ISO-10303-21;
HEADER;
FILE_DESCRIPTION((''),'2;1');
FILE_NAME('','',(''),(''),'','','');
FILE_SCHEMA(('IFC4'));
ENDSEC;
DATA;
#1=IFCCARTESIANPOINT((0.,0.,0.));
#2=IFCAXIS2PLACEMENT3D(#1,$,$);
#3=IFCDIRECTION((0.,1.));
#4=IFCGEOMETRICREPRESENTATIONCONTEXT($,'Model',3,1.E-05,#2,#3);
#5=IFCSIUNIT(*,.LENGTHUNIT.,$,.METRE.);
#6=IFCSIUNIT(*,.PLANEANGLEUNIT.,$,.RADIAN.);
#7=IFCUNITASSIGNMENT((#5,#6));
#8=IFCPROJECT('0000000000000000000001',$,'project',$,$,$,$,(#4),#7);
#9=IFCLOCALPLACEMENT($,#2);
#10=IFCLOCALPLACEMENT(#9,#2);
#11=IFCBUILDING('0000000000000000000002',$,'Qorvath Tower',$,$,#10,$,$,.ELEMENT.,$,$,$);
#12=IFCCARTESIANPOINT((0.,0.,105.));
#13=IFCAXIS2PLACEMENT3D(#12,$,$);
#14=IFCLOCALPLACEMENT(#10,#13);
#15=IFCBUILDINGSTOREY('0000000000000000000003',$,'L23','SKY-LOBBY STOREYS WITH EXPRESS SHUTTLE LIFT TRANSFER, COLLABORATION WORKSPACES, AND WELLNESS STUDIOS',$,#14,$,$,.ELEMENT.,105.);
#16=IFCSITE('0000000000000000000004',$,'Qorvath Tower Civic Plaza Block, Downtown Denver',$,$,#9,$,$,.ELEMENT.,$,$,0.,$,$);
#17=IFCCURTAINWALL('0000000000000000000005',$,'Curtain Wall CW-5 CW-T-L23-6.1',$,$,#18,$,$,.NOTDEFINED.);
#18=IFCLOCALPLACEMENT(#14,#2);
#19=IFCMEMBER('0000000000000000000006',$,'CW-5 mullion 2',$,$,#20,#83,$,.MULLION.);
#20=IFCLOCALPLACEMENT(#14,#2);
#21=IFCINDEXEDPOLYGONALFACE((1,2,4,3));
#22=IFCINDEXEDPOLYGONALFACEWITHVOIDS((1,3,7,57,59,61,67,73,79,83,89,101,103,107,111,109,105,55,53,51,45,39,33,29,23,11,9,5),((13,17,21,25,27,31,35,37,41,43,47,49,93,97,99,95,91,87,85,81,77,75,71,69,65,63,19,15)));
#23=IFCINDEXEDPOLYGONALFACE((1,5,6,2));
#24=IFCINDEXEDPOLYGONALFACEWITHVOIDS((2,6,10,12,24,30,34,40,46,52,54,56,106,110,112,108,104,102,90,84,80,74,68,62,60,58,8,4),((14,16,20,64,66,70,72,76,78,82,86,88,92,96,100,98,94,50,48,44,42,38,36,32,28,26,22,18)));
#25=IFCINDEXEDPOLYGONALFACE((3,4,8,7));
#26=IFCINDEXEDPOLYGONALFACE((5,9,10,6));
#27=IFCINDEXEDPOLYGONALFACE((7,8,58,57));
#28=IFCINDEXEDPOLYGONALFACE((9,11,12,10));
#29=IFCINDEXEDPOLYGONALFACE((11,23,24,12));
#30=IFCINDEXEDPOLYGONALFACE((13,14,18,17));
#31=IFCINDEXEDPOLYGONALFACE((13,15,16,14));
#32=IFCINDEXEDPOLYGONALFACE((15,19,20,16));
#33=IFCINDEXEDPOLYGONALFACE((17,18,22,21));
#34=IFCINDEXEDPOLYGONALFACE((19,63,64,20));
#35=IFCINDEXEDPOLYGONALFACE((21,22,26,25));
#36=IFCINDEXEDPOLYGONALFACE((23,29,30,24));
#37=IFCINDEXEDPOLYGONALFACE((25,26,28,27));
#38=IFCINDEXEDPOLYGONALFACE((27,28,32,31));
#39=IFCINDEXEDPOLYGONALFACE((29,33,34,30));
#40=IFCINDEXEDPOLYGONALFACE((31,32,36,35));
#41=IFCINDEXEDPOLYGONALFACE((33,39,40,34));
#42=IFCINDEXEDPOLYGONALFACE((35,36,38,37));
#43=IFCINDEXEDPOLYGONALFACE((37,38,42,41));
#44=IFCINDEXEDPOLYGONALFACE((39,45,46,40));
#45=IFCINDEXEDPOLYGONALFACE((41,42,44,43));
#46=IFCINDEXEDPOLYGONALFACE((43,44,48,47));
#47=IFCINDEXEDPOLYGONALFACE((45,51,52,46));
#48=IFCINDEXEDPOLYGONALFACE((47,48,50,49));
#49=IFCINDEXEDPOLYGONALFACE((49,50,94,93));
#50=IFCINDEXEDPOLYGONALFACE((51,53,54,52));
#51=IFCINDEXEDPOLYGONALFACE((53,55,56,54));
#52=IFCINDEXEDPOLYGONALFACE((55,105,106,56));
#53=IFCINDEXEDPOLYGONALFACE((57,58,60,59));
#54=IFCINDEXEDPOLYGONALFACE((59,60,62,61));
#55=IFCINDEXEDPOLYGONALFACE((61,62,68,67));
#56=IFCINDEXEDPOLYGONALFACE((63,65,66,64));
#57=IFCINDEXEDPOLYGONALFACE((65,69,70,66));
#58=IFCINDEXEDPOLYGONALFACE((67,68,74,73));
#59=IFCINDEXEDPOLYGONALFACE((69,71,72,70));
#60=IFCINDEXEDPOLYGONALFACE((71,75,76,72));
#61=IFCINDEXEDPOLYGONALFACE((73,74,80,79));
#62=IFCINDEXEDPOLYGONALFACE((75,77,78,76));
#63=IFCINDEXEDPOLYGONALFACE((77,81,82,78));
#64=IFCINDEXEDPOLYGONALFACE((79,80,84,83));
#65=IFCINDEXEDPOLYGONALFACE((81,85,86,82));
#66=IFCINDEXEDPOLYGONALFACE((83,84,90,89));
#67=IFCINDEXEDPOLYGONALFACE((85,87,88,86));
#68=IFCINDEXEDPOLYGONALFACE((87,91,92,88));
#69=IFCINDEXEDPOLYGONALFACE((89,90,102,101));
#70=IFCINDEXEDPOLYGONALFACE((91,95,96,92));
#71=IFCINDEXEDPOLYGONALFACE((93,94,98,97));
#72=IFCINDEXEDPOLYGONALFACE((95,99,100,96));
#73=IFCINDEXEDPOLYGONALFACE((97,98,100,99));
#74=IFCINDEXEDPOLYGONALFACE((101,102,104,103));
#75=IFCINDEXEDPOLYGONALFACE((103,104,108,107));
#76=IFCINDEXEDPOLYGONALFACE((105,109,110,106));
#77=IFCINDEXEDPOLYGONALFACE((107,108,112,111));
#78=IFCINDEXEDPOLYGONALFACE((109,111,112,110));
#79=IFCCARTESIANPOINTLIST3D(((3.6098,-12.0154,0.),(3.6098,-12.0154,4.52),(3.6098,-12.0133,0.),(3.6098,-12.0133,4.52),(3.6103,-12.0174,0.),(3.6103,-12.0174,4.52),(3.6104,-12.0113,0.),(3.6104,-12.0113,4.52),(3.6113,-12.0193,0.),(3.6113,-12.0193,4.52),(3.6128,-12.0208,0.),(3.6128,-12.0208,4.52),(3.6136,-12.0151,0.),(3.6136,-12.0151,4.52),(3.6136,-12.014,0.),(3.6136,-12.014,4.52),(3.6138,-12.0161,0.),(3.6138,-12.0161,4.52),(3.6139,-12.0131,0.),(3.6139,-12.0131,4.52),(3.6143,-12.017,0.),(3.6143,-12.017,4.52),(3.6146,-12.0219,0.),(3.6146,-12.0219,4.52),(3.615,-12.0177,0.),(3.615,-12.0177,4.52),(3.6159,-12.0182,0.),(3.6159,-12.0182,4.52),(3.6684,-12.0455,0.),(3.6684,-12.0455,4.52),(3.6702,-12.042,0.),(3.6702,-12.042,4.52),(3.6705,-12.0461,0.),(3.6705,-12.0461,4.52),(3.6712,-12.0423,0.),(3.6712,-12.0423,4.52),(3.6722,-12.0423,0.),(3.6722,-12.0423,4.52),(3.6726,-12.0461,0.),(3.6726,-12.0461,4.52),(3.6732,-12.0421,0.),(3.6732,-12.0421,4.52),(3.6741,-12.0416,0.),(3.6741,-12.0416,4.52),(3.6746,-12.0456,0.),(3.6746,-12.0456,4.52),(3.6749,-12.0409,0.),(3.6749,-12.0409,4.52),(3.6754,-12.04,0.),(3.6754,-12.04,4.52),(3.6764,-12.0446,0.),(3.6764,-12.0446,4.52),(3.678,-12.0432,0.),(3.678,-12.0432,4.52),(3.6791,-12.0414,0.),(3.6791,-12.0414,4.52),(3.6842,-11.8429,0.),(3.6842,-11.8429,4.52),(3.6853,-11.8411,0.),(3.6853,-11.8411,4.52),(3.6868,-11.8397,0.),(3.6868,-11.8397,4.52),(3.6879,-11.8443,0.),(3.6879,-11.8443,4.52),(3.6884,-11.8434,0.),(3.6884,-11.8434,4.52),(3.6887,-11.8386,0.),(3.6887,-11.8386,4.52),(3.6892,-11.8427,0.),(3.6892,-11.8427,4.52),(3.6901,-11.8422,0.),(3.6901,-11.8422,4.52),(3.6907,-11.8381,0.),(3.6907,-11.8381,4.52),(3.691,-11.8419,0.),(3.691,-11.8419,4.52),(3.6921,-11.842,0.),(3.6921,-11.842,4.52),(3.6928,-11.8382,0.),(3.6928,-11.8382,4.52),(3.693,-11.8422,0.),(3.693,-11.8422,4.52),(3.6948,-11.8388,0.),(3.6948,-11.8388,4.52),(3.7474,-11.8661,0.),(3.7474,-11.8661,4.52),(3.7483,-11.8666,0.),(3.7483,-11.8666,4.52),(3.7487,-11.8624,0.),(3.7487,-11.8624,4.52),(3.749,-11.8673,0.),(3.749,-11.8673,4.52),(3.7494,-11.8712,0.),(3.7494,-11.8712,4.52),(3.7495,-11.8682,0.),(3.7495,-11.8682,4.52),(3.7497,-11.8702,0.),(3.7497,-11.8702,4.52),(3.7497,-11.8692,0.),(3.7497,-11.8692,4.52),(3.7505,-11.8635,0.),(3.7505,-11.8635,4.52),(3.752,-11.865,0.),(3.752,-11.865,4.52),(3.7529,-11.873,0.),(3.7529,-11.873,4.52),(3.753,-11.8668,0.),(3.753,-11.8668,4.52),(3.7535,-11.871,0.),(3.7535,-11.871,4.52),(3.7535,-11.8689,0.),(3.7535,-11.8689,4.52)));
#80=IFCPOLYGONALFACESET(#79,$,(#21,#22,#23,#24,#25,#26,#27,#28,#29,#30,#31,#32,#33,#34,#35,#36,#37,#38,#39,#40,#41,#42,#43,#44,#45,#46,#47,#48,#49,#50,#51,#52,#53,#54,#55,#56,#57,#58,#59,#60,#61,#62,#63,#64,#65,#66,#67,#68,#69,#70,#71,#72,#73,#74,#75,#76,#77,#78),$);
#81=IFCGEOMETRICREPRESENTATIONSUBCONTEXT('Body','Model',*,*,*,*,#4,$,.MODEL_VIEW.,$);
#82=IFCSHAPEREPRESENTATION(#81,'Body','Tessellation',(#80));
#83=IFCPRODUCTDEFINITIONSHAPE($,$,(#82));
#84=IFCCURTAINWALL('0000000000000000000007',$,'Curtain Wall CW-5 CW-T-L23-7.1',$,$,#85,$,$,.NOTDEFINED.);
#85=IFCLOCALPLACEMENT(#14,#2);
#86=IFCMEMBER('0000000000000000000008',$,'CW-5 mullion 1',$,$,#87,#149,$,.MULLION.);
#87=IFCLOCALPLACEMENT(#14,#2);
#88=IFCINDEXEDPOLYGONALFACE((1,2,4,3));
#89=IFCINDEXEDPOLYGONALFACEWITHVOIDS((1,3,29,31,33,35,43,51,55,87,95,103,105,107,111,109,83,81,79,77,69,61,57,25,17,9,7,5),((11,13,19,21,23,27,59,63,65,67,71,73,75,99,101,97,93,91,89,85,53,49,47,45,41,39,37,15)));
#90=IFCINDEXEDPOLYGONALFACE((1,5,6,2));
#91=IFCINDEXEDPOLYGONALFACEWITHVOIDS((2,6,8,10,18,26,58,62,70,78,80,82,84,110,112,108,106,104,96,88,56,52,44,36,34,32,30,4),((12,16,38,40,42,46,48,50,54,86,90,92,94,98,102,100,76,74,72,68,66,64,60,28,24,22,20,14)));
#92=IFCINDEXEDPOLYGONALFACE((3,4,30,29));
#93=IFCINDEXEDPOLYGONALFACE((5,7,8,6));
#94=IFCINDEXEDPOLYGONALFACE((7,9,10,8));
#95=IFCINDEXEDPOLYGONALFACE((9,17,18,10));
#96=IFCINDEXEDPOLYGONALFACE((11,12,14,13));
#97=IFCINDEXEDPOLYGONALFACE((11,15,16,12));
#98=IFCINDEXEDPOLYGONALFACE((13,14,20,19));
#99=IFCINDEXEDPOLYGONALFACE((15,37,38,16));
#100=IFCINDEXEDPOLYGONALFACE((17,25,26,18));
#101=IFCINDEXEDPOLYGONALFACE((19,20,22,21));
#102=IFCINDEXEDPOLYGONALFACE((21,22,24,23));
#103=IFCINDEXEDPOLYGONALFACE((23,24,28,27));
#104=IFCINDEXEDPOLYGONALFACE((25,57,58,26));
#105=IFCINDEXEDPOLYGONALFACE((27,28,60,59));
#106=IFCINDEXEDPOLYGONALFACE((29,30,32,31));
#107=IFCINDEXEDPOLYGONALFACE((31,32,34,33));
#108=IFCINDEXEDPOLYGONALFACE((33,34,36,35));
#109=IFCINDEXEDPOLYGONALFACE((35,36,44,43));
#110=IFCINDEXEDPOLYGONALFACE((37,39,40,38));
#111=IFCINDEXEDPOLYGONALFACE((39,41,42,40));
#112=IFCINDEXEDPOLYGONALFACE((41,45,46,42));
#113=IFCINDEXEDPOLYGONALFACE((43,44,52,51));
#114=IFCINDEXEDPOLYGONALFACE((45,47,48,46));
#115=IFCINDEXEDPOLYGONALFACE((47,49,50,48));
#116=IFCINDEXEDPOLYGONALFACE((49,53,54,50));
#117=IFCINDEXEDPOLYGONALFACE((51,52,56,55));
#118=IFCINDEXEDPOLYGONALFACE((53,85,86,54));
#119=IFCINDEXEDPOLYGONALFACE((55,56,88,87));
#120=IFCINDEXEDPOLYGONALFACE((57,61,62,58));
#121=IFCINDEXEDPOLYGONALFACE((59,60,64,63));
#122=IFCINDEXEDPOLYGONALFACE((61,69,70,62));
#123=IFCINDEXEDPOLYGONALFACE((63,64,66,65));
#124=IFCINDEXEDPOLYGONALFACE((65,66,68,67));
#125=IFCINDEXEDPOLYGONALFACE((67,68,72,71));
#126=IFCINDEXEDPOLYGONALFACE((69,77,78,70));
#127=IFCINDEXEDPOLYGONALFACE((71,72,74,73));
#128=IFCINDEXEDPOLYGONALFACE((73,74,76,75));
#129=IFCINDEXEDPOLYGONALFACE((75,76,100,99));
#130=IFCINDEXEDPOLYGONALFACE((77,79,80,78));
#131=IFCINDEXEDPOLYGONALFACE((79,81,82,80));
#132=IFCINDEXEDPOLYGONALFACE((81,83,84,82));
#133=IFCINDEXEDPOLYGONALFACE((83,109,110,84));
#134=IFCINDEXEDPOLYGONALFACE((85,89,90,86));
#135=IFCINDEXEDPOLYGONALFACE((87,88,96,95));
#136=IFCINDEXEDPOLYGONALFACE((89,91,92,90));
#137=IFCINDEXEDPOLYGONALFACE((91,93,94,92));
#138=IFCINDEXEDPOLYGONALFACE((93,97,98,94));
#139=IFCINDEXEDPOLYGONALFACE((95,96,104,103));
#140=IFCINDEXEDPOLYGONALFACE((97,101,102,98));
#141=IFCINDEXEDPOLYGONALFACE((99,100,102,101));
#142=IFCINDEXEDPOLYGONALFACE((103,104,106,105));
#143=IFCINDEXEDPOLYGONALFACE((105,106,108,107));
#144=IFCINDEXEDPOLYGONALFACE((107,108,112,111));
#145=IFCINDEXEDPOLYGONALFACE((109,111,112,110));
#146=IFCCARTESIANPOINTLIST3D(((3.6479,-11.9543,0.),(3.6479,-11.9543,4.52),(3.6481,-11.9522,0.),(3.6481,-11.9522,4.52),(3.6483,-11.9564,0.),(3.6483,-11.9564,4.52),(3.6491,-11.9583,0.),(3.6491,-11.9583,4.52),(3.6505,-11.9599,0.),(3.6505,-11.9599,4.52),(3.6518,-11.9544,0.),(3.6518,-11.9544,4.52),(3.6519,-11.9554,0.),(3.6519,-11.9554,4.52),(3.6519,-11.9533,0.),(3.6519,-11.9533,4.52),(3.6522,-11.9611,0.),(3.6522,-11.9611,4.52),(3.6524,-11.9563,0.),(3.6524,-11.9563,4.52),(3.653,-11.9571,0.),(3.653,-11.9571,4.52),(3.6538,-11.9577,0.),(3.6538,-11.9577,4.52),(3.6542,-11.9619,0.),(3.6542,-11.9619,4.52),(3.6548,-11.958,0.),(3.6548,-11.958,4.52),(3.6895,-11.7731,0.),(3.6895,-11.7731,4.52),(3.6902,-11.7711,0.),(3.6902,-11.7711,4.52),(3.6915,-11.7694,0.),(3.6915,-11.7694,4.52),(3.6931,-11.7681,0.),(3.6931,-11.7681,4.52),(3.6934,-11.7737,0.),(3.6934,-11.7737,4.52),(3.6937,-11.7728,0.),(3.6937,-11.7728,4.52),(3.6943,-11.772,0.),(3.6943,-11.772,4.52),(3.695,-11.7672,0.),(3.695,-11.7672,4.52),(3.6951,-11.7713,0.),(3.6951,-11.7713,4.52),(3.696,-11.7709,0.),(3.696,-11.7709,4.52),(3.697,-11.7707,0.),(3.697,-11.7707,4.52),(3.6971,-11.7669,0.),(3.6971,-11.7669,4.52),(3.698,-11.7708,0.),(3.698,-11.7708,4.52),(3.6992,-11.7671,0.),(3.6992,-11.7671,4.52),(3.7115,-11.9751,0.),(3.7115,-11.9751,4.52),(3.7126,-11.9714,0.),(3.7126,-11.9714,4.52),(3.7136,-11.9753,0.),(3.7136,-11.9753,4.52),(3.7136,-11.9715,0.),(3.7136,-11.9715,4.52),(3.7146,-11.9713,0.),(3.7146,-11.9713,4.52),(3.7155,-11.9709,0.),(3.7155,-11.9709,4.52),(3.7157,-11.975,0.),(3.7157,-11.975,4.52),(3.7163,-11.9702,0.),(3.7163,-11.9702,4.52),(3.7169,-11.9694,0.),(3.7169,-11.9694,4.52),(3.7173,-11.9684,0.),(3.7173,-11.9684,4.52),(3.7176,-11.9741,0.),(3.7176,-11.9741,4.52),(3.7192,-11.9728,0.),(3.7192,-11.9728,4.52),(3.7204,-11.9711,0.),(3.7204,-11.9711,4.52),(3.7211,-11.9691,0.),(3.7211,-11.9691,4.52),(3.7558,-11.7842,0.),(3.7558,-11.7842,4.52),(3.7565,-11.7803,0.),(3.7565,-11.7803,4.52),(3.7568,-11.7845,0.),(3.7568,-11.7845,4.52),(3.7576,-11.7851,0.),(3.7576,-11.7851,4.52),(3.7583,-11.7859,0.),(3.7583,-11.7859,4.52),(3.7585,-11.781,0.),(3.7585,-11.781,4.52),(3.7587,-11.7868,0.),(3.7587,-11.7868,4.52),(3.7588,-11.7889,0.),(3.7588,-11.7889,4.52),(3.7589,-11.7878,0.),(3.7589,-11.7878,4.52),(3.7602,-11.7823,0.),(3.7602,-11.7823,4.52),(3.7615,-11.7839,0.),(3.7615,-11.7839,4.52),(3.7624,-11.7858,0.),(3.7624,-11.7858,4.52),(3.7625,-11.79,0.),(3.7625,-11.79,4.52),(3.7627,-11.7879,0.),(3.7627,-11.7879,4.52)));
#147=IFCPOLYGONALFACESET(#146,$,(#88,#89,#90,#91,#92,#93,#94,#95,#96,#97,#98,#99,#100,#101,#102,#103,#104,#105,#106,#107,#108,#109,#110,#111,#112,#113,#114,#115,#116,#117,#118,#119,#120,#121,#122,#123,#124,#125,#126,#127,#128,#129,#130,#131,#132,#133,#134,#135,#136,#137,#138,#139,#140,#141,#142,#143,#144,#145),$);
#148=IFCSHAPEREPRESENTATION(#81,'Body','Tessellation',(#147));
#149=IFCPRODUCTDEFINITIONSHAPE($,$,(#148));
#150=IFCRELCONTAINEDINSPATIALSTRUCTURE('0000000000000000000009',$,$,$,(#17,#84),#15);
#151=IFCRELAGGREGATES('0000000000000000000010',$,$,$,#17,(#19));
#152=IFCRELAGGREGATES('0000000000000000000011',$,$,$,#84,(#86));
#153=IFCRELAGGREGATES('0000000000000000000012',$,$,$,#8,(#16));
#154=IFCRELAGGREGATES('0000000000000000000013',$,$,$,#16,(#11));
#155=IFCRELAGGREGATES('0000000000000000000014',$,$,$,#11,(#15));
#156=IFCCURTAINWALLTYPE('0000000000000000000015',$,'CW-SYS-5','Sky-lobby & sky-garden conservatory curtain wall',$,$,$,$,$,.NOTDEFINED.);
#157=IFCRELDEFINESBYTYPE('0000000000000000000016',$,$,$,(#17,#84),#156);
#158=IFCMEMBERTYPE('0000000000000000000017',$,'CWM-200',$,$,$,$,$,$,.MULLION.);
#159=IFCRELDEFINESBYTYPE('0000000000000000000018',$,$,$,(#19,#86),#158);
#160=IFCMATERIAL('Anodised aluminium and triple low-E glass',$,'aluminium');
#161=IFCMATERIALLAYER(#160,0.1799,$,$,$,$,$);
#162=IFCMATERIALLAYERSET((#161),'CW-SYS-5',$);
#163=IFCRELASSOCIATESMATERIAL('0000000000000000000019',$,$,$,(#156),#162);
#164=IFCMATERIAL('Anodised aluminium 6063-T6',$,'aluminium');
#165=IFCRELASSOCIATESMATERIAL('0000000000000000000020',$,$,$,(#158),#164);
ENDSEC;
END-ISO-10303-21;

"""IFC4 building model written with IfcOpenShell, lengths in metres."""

from ifc_helpers import new_model, si_unit, direction, frame, origin, origin_2d, place, context, subcontext, project, spatial, hollow_rectangle, extrude, material, layer, layer_set, material_profile, profile_set, type_object, element, aggregate, save


model = new_model("IFC4")

# Units and contexts
model_context = context("Model", 3, precision=1e-05, world=origin(), true_north=direction((0.0, 1.0)))
body_context = subcontext(model_context, "Body", "Model", "MODEL_VIEW")
ifc_project = project(units=[si_unit("LENGTHUNIT", "METRE"), si_unit("PLANEANGLEUNIT", "RADIAN")], contexts=[model_context])

# Site, building, storey
site_placement = place(None, origin())
site = spatial("IfcSite", under=ifc_project, at=site_placement, Name="Qorvath Tower Civic Plaza Block, Downtown Denver", CompositionType="ELEMENT", RefElevation=0.0)
building_placement = place(site_placement, origin())
building = spatial("IfcBuilding", under=site, at=building_placement, Name="Qorvath Tower", CompositionType="ELEMENT")
storey_placement = place(building_placement, frame((0.0, 0.0, 105.0)))
storey = spatial("IfcBuildingStorey", under=building, at=storey_placement, Name="L23", Description="SKY-LOBBY STOREYS WITH EXPRESS SHUTTLE LIFT TRANSFER, COLLABORATION WORKSPACES, AND WELLNESS STUDIOS", CompositionType="ELEMENT", Elevation=105.0)

# Shared definitions
ifc_material_1 = material(Name="Anodised aluminium and triple low-E glass", Category="aluminium")
ifc_layer_1 = layer(ifc_material_1, 0.1799)
ifc_layer_set_1 = layer_set([ifc_layer_1], Name="CW-SYS-5")
curtain_wall_type = type_object("IfcCurtainWallType", Name="CW-SYS-5", Description="Sky-lobby & sky-garden conservatory curtain wall", PredefinedType="NOTDEFINED", material=ifc_layer_set_1)
ifc_material_2 = material(Name="Anodised aluminium 6063-T6", Category="aluminium")
ifc_material_profile_1 = material_profile(ifc_material_2, hollow_rectangle(XDim=0.075, YDim=0.2, WallThickness=0.0039, InnerFilletRadius=0.0039, OuterFilletRadius=0.0081, at=origin_2d()), Name="CWM 200x75")
ifc_profile_set_1 = profile_set([ifc_material_profile_1], Name="Anodised aluminium 6063-T6")
member_type_1 = type_object("IfcMemberType", Name="CWM-200", PredefinedType="MULLION", material=ifc_profile_set_1)

# Curtain wall, member
curtain_wall_1_placement = place(storey_placement, origin())
curtain_wall_1 = element("IfcCurtainWall", 1, at=curtain_wall_1_placement, inside=storey, type_object=curtain_wall_type, Name="Curtain Wall CW-5 CW-T-L23-6.1", PredefinedType="NOTDEFINED")
member_1_placement = place(storey_placement, frame((3.6816, -11.9421, 0.0), z_axis=(0.0, 0.0, 1.0), x_axis=(-0.915851, 0.401519, 0.0)))
member_1 = element("IfcMember", 2, at=member_1_placement, type_object=member_type_1, Name="CW-5 mullion 2", PredefinedType="MULLION", context=body_context, shape_type="SweptSolid", body=[
    extrude(hollow_rectangle(XDim=0.075, YDim=0.2, WallThickness=0.0039, InnerFilletRadius=0.0039, OuterFilletRadius=0.0081, at=origin_2d()), origin(), (0.0, 0.0, 1.0), 4.52),
])

# Curtain wall, member
curtain_wall_2_placement = place(storey_placement, origin())
curtain_wall_2 = element("IfcCurtainWall", 3, at=curtain_wall_2_placement, inside=storey, type_object=curtain_wall_type, Name="Curtain Wall CW-5 CW-T-L23-7.1", PredefinedType="NOTDEFINED")
member_2_placement = place(storey_placement, frame((3.7053, -11.8711, 0.0), z_axis=(0.0, 0.0, 1.0), x_axis=(-0.974339, 0.225085, 0.0)))
member_2 = element("IfcMember", 4, at=member_2_placement, type_object=member_type_1, Name="CW-5 mullion 1", PredefinedType="MULLION", context=body_context, shape_type="SweptSolid", body=[
    extrude(hollow_rectangle(XDim=0.075, YDim=0.2, WallThickness=0.0039, InnerFilletRadius=0.0039, OuterFilletRadius=0.0081, at=origin_2d()), origin(), (0.0, 0.0, 1.0), 4.52),
])

aggregate(curtain_wall_1, [member_1])
aggregate(curtain_wall_2, [member_2])

save(model, "model.ifc")
